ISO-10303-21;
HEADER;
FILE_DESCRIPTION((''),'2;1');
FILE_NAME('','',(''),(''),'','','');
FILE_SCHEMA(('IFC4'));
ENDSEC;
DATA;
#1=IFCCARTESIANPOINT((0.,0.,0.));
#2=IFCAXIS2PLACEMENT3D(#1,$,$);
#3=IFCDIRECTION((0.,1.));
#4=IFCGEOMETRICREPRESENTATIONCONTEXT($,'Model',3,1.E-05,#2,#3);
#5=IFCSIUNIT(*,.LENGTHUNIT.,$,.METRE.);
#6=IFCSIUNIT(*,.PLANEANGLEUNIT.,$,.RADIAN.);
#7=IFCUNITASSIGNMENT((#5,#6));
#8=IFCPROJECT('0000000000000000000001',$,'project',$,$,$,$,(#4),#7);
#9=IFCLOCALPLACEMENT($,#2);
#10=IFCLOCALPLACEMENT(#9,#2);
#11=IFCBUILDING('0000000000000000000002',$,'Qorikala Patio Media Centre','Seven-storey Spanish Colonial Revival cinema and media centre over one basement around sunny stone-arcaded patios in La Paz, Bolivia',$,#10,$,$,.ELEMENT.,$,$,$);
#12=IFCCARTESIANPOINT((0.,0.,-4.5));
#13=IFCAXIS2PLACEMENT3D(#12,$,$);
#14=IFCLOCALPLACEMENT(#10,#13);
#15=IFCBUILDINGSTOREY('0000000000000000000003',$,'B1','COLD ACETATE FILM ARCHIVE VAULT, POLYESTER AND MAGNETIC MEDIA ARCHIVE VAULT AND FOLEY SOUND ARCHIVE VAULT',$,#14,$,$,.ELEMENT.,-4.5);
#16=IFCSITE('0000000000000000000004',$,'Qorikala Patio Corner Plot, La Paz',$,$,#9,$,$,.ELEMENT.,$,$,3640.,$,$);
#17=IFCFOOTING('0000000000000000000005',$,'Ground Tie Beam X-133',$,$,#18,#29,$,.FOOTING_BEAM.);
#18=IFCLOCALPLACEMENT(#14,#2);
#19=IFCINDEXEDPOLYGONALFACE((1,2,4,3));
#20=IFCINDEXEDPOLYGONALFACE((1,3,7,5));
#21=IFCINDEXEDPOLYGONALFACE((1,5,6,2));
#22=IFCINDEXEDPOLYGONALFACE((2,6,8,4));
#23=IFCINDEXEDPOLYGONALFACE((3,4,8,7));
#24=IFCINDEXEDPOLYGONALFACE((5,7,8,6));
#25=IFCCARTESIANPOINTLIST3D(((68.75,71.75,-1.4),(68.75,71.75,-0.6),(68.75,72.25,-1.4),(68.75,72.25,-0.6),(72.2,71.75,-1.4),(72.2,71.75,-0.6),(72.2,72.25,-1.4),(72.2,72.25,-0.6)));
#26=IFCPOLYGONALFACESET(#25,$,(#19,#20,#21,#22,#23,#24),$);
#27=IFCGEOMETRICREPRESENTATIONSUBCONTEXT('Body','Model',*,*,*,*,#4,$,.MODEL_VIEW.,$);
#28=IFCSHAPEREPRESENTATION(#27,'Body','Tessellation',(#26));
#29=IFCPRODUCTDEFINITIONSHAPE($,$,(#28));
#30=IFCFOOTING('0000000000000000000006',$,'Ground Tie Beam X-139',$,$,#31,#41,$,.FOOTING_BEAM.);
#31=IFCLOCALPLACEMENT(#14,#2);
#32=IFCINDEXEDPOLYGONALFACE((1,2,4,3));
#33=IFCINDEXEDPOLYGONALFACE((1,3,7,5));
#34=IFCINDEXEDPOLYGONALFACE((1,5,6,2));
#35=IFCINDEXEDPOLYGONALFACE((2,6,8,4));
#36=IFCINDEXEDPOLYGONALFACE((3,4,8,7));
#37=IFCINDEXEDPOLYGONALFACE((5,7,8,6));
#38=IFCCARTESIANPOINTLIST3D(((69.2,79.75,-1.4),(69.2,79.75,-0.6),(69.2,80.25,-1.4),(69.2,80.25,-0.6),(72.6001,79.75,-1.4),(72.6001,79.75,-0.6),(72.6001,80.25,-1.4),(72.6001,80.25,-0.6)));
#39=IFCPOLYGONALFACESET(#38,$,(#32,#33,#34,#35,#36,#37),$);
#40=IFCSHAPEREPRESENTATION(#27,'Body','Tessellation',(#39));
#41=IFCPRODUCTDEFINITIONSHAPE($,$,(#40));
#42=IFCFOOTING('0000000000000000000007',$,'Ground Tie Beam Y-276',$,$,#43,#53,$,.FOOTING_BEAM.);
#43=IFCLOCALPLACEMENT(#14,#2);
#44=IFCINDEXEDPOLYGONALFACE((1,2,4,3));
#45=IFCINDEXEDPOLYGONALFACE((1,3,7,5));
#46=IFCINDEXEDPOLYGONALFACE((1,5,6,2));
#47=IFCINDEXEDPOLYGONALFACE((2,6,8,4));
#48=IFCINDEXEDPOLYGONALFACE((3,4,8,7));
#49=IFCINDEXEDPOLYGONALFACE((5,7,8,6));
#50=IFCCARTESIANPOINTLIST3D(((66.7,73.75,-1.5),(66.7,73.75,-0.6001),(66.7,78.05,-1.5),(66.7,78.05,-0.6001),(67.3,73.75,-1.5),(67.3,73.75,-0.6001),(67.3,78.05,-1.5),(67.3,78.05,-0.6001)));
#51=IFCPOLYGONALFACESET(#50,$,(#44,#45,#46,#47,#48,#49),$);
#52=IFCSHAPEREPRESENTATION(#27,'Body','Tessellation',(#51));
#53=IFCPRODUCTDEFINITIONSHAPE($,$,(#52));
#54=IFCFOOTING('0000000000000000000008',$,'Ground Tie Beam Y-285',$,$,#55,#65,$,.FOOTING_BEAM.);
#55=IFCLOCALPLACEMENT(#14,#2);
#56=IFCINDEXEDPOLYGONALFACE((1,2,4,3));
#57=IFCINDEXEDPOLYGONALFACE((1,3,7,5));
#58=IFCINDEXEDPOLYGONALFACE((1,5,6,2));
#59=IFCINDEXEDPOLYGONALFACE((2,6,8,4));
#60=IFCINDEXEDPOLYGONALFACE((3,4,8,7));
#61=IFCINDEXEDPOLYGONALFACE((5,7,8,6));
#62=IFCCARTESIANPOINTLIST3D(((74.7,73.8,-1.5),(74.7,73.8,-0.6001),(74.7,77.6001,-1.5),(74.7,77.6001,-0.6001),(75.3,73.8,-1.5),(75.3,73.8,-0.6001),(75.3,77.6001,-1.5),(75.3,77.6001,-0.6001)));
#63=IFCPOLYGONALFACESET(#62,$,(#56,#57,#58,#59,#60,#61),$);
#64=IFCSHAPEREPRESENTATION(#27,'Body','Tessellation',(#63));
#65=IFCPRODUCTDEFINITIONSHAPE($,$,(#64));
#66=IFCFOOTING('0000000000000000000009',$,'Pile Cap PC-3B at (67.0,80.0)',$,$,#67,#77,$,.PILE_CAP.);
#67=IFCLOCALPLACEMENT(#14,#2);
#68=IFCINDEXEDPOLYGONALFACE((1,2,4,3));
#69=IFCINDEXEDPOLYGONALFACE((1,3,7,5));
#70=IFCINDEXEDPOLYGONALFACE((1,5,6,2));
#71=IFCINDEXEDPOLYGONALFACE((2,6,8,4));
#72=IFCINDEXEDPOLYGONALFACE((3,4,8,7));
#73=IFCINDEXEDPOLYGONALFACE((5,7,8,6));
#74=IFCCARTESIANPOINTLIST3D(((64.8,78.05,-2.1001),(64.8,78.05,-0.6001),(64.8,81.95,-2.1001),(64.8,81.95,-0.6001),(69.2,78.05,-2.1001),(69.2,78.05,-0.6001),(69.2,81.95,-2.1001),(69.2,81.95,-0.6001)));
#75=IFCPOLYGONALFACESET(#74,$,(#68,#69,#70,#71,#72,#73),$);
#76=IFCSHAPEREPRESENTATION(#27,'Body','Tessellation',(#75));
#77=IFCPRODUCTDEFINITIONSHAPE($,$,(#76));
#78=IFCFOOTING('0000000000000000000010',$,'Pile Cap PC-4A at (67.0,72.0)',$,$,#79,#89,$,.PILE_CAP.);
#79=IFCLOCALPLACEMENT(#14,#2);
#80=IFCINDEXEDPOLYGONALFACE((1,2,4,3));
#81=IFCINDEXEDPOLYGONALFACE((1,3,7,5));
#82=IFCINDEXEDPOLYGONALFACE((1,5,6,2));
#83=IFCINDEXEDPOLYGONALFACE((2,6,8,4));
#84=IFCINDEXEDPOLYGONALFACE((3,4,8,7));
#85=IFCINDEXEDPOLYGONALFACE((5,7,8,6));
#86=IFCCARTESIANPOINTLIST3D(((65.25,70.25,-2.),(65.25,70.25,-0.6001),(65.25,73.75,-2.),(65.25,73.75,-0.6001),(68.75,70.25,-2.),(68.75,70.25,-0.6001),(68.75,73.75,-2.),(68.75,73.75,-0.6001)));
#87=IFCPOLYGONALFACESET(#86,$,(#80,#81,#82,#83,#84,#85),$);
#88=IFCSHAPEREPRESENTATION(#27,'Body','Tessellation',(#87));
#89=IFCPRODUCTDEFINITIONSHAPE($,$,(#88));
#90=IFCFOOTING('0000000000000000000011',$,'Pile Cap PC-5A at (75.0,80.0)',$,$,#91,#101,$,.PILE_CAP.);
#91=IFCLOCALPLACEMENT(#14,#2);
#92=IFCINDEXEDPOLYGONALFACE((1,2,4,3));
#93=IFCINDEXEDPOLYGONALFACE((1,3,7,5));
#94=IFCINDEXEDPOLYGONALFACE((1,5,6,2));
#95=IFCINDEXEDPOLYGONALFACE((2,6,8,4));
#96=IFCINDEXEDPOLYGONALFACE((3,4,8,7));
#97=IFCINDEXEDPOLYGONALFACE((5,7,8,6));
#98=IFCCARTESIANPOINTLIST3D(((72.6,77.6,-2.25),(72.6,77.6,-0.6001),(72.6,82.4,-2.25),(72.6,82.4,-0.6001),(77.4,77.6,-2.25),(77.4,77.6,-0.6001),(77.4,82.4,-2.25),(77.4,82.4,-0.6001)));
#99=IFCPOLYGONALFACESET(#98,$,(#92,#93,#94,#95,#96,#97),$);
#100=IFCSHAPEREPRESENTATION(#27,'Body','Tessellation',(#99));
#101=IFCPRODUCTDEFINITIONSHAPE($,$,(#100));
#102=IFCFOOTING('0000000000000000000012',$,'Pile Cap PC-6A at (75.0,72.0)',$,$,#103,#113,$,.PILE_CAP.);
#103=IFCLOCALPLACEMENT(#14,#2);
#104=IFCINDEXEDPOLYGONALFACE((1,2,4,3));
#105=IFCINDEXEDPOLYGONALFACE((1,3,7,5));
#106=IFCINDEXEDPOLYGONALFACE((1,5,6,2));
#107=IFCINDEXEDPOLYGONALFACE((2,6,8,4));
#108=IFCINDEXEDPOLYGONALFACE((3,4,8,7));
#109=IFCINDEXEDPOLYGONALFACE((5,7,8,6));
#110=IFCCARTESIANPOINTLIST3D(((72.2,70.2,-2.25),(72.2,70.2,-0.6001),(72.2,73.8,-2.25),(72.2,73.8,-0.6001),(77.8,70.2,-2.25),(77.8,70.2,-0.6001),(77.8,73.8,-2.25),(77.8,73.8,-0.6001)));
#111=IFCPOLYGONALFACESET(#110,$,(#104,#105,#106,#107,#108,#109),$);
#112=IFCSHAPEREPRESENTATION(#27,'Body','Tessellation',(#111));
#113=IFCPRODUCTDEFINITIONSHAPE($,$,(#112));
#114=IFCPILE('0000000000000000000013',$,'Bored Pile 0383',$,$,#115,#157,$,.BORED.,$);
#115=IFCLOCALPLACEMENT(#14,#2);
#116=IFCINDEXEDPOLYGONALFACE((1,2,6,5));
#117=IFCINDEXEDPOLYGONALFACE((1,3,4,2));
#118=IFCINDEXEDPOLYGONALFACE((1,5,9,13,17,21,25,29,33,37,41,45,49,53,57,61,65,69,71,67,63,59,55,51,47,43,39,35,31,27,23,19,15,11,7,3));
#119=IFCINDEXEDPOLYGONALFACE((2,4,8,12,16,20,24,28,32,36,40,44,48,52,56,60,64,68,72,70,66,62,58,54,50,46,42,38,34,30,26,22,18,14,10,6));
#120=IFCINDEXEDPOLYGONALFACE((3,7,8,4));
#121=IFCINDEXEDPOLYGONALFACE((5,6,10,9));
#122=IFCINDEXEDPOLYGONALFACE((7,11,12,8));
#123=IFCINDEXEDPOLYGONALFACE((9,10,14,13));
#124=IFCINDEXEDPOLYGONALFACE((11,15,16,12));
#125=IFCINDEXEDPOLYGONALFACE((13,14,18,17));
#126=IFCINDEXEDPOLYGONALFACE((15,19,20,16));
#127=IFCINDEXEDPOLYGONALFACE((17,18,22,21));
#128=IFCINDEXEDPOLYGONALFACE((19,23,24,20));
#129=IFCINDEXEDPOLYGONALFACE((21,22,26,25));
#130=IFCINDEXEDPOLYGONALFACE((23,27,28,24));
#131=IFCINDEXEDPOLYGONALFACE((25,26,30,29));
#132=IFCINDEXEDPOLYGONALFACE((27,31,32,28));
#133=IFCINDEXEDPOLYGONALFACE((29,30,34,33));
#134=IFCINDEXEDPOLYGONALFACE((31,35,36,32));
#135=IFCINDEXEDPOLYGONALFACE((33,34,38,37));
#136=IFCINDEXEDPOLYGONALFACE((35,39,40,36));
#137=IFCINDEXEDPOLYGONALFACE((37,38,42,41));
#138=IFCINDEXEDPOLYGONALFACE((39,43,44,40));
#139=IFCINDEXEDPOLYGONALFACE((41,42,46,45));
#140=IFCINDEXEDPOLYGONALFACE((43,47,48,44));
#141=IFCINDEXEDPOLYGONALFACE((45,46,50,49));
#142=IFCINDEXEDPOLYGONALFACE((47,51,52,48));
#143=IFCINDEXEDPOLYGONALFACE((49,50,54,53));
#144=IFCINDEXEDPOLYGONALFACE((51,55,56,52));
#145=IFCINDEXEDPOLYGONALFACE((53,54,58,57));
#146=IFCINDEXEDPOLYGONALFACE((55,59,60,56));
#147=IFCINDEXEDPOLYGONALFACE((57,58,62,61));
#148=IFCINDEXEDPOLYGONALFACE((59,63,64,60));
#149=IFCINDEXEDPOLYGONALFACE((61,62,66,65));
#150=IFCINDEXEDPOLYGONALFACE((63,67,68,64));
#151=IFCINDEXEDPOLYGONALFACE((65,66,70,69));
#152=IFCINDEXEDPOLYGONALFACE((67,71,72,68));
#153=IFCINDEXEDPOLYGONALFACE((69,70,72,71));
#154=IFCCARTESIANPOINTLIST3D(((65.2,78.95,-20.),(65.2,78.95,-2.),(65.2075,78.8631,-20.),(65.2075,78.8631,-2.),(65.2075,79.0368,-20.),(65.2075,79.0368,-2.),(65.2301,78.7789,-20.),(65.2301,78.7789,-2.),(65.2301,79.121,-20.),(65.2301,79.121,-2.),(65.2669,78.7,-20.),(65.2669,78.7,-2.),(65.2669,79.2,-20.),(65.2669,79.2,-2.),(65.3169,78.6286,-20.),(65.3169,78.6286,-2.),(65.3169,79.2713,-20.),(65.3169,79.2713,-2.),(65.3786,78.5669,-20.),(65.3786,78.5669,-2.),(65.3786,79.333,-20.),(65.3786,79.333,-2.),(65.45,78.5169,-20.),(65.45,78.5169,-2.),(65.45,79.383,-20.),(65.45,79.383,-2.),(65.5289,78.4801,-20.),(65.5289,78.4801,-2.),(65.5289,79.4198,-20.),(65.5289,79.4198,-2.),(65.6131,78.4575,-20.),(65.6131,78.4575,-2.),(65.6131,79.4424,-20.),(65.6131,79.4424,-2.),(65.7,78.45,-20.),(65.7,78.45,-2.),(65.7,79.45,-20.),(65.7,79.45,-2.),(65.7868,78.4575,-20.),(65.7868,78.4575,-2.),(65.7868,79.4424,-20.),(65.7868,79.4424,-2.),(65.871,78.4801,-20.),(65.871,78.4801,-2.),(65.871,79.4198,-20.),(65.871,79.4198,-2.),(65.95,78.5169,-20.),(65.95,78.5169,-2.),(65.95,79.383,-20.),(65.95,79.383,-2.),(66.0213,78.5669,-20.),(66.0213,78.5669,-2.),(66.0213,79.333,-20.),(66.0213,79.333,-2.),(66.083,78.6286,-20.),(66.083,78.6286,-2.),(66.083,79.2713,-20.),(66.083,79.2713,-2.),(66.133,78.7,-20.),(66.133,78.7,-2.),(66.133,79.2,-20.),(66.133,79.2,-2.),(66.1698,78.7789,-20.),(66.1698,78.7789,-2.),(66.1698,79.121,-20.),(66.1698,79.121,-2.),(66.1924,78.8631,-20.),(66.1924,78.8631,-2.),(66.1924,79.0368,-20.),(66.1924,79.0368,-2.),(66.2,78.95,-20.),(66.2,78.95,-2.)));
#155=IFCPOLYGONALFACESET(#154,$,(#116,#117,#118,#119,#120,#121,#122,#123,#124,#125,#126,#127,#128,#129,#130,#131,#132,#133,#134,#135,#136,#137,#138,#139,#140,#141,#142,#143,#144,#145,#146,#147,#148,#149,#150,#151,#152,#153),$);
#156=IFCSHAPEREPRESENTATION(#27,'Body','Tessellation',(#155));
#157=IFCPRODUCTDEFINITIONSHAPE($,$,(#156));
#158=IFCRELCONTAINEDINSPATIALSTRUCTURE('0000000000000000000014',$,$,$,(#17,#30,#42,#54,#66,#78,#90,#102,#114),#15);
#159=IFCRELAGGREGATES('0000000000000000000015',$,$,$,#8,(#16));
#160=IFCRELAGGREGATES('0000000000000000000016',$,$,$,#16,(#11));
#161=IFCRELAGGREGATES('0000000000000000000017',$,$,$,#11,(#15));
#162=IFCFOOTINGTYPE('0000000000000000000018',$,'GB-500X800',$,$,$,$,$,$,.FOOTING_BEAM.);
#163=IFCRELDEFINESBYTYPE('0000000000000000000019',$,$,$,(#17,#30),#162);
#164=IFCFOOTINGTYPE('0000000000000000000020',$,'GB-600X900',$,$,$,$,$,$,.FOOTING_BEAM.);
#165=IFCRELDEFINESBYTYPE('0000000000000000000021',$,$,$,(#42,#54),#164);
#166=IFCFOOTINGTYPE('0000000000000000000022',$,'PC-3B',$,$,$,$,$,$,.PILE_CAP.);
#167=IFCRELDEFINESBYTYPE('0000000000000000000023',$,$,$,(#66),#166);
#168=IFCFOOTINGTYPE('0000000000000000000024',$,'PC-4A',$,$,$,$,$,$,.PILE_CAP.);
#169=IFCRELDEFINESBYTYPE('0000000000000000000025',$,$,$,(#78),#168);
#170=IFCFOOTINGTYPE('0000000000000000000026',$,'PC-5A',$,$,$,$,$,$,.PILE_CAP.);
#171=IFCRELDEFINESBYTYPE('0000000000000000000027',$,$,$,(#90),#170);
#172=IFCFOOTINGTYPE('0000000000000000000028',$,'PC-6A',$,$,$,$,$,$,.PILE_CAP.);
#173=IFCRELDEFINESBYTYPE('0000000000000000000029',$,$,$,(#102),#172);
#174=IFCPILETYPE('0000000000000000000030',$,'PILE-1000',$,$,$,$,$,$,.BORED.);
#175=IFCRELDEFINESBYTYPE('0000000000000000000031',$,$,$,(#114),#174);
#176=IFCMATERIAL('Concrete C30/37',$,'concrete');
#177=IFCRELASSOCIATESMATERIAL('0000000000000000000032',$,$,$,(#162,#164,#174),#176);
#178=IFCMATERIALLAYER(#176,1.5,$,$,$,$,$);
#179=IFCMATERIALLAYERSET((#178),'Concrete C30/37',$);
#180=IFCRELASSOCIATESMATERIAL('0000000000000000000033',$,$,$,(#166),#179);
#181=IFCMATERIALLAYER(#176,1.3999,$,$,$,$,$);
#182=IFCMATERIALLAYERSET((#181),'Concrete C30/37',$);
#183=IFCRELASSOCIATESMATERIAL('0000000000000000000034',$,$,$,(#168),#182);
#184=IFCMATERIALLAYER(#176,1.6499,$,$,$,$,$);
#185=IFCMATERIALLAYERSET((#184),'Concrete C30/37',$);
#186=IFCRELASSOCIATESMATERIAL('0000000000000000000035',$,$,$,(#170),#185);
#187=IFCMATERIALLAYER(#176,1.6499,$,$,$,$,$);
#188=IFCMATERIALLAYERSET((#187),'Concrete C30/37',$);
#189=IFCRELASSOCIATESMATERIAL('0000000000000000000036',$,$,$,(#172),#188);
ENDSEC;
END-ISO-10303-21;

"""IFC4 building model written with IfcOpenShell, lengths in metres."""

from ifc_helpers import new_model, si_unit, direction, frame, origin, origin_2d, place, context, subcontext, project, spatial, rectangle, circle, extrude, material, layer, layer_set, material_profile, profile_set, type_object, element, save


model = new_model("IFC4")

# Units and contexts
model_context = context("Model", 3, precision=1e-05, world=origin(), true_north=direction((0.0, 1.0)))
body_context = subcontext(model_context, "Body", "Model", "MODEL_VIEW")
ifc_project = project(units=[si_unit("LENGTHUNIT", "METRE"), si_unit("PLANEANGLEUNIT", "RADIAN")], contexts=[model_context])

# Site, building, storey
site_placement = place(None, origin())
site = spatial("IfcSite", under=ifc_project, at=site_placement, Name="Qorikala Patio Corner Plot, La Paz", CompositionType="ELEMENT", RefElevation=3640.0)
building_placement = place(site_placement, origin())
building = spatial("IfcBuilding", under=site, at=building_placement, Name="Qorikala Patio Media Centre", Description="Seven-storey Spanish Colonial Revival cinema and media centre over one basement around sunny stone-arcaded patios in La Paz, Bolivia", CompositionType="ELEMENT")
storey_placement = place(building_placement, frame((0.0, 0.0, -4.5)))
storey = spatial("IfcBuildingStorey", under=building, at=storey_placement, Name="B1", Description="COLD ACETATE FILM ARCHIVE VAULT, POLYESTER AND MAGNETIC MEDIA ARCHIVE VAULT AND FOLEY SOUND ARCHIVE VAULT", CompositionType="ELEMENT", Elevation=-4.5)

# Footings
ifc_material_1 = material(Name="Concrete C30/37", Category="concrete")
ifc_material_profile_1 = material_profile(ifc_material_1, rectangle(XDim=0.5, YDim=0.8, at=origin_2d()), Name="RC 500x800")
ifc_profile_set_1 = profile_set([ifc_material_profile_1], Name="Concrete C30/37")
footing_type_1 = type_object("IfcFootingType", Name="GB-500X800", PredefinedType="FOOTING_BEAM", material=ifc_profile_set_1)
footing_1_placement = place(storey_placement, frame((68.75, 72.0, -1.0), z_axis=(1.0, 0.0, 0.0), x_axis=(0.0, 1.0, 0.0)))
element("IfcFooting", 1, at=footing_1_placement, inside=storey, type_object=footing_type_1, Name="Ground Tie Beam X-133", PredefinedType="FOOTING_BEAM", context=body_context, shape_type="SweptSolid", body=[
    extrude(rectangle(XDim=0.5, YDim=0.8, at=origin_2d()), origin(), (0.0, 0.0, 1.0), 3.45),
])
footing_2_placement = place(storey_placement, frame((69.2, 80.0, -1.0), z_axis=(1.0, 0.0, 0.0), x_axis=(0.0, 1.0, 0.0)))
element("IfcFooting", 2, at=footing_2_placement, inside=storey, type_object=footing_type_1, Name="Ground Tie Beam X-139", PredefinedType="FOOTING_BEAM", context=body_context, shape_type="SweptSolid", body=[
    extrude(rectangle(XDim=0.5, YDim=0.8, at=origin_2d()), origin(), (0.0, 0.0, 1.0), 3.4001),
])
ifc_material_profile_2 = material_profile(ifc_material_1, rectangle(XDim=0.6001, YDim=0.8999, at=origin_2d()), Name="RC 600x900")
ifc_profile_set_2 = profile_set([ifc_material_profile_2], Name="Concrete C30/37")
footing_type_2 = type_object("IfcFootingType", Name="GB-600X900", PredefinedType="FOOTING_BEAM", material=ifc_profile_set_2)
footing_3_placement = place(storey_placement, frame((67.0, 73.75, -1.05), z_axis=(0.0, 1.0, 0.0), x_axis=(-1.0, 0.0, 0.0)))
element("IfcFooting", 3, at=footing_3_placement, inside=storey, type_object=footing_type_2, Name="Ground Tie Beam Y-276", PredefinedType="FOOTING_BEAM", context=body_context, shape_type="SweptSolid", body=[
    extrude(rectangle(XDim=0.6001, YDim=0.8999, at=origin_2d()), origin(), (0.0, 0.0, 1.0), 4.3),
])
footing_4_placement = place(storey_placement, frame((75.0, 73.8, -1.05), z_axis=(0.0, 1.0, 0.0), x_axis=(-1.0, 0.0, 0.0)))
element("IfcFooting", 4, at=footing_4_placement, inside=storey, type_object=footing_type_2, Name="Ground Tie Beam Y-285", PredefinedType="FOOTING_BEAM", context=body_context, shape_type="SweptSolid", body=[
    extrude(rectangle(XDim=0.6001, YDim=0.8999, at=origin_2d()), origin(), (0.0, 0.0, 1.0), 3.8),
])
ifc_layer_1 = layer(ifc_material_1, 1.5)
ifc_layer_set_1 = layer_set([ifc_layer_1], Name="Concrete C30/37")
footing_type_3 = type_object("IfcFootingType", Name="PC-3B", PredefinedType="PILE_CAP", material=ifc_layer_set_1)
footing_5_placement = place(storey_placement, frame((67.0, 80.0, -2.1001), z_axis=(0.0, 0.0, 1.0), x_axis=(1.0, 0.0, 0.0)))
element("IfcFooting", 5, at=footing_5_placement, inside=storey, type_object=footing_type_3, Name="Pile Cap PC-3B at (67.0,80.0)", PredefinedType="PILE_CAP", context=body_context, shape_type="SweptSolid", body=[
    extrude(rectangle(XDim=4.3999, YDim=3.8999, at=origin_2d()), origin(), (0.0, 0.0, 1.0), 1.5),
])
ifc_layer_2 = layer(ifc_material_1, 1.3999)
ifc_layer_set_2 = layer_set([ifc_layer_2], Name="Concrete C30/37")
footing_type_4 = type_object("IfcFootingType", Name="PC-4A", PredefinedType="PILE_CAP", material=ifc_layer_set_2)
footing_6_placement = place(storey_placement, frame((67.0, 72.0, -2.0), z_axis=(0.0, 0.0, 1.0), x_axis=(1.0, 0.0, 0.0)))
element("IfcFooting", 6, at=footing_6_placement, inside=storey, type_object=footing_type_4, Name="Pile Cap PC-4A at (67.0,72.0)", PredefinedType="PILE_CAP", context=body_context, shape_type="SweptSolid", body=[
    extrude(rectangle(XDim=3.5, YDim=3.5, at=origin_2d()), origin(), (0.0, 0.0, 1.0), 1.3999),
])
ifc_layer_3 = layer(ifc_material_1, 1.6499)
ifc_layer_set_3 = layer_set([ifc_layer_3], Name="Concrete C30/37")
footing_type_5 = type_object("IfcFootingType", Name="PC-5A", PredefinedType="PILE_CAP", material=ifc_layer_set_3)
footing_7_placement = place(storey_placement, frame((75.0, 80.0, -2.25), z_axis=(0.0, 0.0, 1.0), x_axis=(1.0, 0.0, 0.0)))
element("IfcFooting", 7, at=footing_7_placement, inside=storey, type_object=footing_type_5, Name="Pile Cap PC-5A at (75.0,80.0)", PredefinedType="PILE_CAP", context=body_context, shape_type="SweptSolid", body=[
    extrude(rectangle(XDim=4.8, YDim=4.8, at=origin_2d()), origin(), (0.0, 0.0, 1.0), 1.6499),
])
ifc_layer_4 = layer(ifc_material_1, 1.6499)
ifc_layer_set_4 = layer_set([ifc_layer_4], Name="Concrete C30/37")
footing_type_6 = type_object("IfcFootingType", Name="PC-6A", PredefinedType="PILE_CAP", material=ifc_layer_set_4)
footing_8_placement = place(storey_placement, frame((75.0, 72.0, -2.25), z_axis=(0.0, 0.0, 1.0), x_axis=(1.0, 0.0, 0.0)))
element("IfcFooting", 8, at=footing_8_placement, inside=storey, type_object=footing_type_6, Name="Pile Cap PC-6A at (75.0,72.0)", PredefinedType="PILE_CAP", context=body_context, shape_type="SweptSolid", body=[
    extrude(rectangle(XDim=5.6001, YDim=3.6001, at=origin_2d()), origin(), (0.0, 0.0, 1.0), 1.6499),
])

# Pile
ifc_material_profile_3 = material_profile(ifc_material_1, circle(Radius=0.5, at=origin_2d()), Name="BORED PILE 1000")
ifc_profile_set_3 = profile_set([ifc_material_profile_3], Name="Concrete C30/37")
pile_type_1 = type_object("IfcPileType", Name="PILE-1000", PredefinedType="BORED", material=ifc_profile_set_3)
for number, where, z_axis, x_axis, name in (
    (9, (65.7, 78.95, -2.0), (0.0, 0.0, -1.0), (1.0, 0.0, 0.0), "Bored Pile 0383"),
):
    element("IfcPile", number, at=place(storey_placement, frame(where, z_axis=z_axis, x_axis=x_axis)), inside=storey, type_object=pile_type_1, Name=name, PredefinedType="BORED", context=body_context, shape_type="SweptSolid", body=[
        extrude(circle(Radius=0.5, at=origin_2d()), origin(), (0.0, 0.0, 1.0), 18.0),
    ])

save(model, "model.ifc")
